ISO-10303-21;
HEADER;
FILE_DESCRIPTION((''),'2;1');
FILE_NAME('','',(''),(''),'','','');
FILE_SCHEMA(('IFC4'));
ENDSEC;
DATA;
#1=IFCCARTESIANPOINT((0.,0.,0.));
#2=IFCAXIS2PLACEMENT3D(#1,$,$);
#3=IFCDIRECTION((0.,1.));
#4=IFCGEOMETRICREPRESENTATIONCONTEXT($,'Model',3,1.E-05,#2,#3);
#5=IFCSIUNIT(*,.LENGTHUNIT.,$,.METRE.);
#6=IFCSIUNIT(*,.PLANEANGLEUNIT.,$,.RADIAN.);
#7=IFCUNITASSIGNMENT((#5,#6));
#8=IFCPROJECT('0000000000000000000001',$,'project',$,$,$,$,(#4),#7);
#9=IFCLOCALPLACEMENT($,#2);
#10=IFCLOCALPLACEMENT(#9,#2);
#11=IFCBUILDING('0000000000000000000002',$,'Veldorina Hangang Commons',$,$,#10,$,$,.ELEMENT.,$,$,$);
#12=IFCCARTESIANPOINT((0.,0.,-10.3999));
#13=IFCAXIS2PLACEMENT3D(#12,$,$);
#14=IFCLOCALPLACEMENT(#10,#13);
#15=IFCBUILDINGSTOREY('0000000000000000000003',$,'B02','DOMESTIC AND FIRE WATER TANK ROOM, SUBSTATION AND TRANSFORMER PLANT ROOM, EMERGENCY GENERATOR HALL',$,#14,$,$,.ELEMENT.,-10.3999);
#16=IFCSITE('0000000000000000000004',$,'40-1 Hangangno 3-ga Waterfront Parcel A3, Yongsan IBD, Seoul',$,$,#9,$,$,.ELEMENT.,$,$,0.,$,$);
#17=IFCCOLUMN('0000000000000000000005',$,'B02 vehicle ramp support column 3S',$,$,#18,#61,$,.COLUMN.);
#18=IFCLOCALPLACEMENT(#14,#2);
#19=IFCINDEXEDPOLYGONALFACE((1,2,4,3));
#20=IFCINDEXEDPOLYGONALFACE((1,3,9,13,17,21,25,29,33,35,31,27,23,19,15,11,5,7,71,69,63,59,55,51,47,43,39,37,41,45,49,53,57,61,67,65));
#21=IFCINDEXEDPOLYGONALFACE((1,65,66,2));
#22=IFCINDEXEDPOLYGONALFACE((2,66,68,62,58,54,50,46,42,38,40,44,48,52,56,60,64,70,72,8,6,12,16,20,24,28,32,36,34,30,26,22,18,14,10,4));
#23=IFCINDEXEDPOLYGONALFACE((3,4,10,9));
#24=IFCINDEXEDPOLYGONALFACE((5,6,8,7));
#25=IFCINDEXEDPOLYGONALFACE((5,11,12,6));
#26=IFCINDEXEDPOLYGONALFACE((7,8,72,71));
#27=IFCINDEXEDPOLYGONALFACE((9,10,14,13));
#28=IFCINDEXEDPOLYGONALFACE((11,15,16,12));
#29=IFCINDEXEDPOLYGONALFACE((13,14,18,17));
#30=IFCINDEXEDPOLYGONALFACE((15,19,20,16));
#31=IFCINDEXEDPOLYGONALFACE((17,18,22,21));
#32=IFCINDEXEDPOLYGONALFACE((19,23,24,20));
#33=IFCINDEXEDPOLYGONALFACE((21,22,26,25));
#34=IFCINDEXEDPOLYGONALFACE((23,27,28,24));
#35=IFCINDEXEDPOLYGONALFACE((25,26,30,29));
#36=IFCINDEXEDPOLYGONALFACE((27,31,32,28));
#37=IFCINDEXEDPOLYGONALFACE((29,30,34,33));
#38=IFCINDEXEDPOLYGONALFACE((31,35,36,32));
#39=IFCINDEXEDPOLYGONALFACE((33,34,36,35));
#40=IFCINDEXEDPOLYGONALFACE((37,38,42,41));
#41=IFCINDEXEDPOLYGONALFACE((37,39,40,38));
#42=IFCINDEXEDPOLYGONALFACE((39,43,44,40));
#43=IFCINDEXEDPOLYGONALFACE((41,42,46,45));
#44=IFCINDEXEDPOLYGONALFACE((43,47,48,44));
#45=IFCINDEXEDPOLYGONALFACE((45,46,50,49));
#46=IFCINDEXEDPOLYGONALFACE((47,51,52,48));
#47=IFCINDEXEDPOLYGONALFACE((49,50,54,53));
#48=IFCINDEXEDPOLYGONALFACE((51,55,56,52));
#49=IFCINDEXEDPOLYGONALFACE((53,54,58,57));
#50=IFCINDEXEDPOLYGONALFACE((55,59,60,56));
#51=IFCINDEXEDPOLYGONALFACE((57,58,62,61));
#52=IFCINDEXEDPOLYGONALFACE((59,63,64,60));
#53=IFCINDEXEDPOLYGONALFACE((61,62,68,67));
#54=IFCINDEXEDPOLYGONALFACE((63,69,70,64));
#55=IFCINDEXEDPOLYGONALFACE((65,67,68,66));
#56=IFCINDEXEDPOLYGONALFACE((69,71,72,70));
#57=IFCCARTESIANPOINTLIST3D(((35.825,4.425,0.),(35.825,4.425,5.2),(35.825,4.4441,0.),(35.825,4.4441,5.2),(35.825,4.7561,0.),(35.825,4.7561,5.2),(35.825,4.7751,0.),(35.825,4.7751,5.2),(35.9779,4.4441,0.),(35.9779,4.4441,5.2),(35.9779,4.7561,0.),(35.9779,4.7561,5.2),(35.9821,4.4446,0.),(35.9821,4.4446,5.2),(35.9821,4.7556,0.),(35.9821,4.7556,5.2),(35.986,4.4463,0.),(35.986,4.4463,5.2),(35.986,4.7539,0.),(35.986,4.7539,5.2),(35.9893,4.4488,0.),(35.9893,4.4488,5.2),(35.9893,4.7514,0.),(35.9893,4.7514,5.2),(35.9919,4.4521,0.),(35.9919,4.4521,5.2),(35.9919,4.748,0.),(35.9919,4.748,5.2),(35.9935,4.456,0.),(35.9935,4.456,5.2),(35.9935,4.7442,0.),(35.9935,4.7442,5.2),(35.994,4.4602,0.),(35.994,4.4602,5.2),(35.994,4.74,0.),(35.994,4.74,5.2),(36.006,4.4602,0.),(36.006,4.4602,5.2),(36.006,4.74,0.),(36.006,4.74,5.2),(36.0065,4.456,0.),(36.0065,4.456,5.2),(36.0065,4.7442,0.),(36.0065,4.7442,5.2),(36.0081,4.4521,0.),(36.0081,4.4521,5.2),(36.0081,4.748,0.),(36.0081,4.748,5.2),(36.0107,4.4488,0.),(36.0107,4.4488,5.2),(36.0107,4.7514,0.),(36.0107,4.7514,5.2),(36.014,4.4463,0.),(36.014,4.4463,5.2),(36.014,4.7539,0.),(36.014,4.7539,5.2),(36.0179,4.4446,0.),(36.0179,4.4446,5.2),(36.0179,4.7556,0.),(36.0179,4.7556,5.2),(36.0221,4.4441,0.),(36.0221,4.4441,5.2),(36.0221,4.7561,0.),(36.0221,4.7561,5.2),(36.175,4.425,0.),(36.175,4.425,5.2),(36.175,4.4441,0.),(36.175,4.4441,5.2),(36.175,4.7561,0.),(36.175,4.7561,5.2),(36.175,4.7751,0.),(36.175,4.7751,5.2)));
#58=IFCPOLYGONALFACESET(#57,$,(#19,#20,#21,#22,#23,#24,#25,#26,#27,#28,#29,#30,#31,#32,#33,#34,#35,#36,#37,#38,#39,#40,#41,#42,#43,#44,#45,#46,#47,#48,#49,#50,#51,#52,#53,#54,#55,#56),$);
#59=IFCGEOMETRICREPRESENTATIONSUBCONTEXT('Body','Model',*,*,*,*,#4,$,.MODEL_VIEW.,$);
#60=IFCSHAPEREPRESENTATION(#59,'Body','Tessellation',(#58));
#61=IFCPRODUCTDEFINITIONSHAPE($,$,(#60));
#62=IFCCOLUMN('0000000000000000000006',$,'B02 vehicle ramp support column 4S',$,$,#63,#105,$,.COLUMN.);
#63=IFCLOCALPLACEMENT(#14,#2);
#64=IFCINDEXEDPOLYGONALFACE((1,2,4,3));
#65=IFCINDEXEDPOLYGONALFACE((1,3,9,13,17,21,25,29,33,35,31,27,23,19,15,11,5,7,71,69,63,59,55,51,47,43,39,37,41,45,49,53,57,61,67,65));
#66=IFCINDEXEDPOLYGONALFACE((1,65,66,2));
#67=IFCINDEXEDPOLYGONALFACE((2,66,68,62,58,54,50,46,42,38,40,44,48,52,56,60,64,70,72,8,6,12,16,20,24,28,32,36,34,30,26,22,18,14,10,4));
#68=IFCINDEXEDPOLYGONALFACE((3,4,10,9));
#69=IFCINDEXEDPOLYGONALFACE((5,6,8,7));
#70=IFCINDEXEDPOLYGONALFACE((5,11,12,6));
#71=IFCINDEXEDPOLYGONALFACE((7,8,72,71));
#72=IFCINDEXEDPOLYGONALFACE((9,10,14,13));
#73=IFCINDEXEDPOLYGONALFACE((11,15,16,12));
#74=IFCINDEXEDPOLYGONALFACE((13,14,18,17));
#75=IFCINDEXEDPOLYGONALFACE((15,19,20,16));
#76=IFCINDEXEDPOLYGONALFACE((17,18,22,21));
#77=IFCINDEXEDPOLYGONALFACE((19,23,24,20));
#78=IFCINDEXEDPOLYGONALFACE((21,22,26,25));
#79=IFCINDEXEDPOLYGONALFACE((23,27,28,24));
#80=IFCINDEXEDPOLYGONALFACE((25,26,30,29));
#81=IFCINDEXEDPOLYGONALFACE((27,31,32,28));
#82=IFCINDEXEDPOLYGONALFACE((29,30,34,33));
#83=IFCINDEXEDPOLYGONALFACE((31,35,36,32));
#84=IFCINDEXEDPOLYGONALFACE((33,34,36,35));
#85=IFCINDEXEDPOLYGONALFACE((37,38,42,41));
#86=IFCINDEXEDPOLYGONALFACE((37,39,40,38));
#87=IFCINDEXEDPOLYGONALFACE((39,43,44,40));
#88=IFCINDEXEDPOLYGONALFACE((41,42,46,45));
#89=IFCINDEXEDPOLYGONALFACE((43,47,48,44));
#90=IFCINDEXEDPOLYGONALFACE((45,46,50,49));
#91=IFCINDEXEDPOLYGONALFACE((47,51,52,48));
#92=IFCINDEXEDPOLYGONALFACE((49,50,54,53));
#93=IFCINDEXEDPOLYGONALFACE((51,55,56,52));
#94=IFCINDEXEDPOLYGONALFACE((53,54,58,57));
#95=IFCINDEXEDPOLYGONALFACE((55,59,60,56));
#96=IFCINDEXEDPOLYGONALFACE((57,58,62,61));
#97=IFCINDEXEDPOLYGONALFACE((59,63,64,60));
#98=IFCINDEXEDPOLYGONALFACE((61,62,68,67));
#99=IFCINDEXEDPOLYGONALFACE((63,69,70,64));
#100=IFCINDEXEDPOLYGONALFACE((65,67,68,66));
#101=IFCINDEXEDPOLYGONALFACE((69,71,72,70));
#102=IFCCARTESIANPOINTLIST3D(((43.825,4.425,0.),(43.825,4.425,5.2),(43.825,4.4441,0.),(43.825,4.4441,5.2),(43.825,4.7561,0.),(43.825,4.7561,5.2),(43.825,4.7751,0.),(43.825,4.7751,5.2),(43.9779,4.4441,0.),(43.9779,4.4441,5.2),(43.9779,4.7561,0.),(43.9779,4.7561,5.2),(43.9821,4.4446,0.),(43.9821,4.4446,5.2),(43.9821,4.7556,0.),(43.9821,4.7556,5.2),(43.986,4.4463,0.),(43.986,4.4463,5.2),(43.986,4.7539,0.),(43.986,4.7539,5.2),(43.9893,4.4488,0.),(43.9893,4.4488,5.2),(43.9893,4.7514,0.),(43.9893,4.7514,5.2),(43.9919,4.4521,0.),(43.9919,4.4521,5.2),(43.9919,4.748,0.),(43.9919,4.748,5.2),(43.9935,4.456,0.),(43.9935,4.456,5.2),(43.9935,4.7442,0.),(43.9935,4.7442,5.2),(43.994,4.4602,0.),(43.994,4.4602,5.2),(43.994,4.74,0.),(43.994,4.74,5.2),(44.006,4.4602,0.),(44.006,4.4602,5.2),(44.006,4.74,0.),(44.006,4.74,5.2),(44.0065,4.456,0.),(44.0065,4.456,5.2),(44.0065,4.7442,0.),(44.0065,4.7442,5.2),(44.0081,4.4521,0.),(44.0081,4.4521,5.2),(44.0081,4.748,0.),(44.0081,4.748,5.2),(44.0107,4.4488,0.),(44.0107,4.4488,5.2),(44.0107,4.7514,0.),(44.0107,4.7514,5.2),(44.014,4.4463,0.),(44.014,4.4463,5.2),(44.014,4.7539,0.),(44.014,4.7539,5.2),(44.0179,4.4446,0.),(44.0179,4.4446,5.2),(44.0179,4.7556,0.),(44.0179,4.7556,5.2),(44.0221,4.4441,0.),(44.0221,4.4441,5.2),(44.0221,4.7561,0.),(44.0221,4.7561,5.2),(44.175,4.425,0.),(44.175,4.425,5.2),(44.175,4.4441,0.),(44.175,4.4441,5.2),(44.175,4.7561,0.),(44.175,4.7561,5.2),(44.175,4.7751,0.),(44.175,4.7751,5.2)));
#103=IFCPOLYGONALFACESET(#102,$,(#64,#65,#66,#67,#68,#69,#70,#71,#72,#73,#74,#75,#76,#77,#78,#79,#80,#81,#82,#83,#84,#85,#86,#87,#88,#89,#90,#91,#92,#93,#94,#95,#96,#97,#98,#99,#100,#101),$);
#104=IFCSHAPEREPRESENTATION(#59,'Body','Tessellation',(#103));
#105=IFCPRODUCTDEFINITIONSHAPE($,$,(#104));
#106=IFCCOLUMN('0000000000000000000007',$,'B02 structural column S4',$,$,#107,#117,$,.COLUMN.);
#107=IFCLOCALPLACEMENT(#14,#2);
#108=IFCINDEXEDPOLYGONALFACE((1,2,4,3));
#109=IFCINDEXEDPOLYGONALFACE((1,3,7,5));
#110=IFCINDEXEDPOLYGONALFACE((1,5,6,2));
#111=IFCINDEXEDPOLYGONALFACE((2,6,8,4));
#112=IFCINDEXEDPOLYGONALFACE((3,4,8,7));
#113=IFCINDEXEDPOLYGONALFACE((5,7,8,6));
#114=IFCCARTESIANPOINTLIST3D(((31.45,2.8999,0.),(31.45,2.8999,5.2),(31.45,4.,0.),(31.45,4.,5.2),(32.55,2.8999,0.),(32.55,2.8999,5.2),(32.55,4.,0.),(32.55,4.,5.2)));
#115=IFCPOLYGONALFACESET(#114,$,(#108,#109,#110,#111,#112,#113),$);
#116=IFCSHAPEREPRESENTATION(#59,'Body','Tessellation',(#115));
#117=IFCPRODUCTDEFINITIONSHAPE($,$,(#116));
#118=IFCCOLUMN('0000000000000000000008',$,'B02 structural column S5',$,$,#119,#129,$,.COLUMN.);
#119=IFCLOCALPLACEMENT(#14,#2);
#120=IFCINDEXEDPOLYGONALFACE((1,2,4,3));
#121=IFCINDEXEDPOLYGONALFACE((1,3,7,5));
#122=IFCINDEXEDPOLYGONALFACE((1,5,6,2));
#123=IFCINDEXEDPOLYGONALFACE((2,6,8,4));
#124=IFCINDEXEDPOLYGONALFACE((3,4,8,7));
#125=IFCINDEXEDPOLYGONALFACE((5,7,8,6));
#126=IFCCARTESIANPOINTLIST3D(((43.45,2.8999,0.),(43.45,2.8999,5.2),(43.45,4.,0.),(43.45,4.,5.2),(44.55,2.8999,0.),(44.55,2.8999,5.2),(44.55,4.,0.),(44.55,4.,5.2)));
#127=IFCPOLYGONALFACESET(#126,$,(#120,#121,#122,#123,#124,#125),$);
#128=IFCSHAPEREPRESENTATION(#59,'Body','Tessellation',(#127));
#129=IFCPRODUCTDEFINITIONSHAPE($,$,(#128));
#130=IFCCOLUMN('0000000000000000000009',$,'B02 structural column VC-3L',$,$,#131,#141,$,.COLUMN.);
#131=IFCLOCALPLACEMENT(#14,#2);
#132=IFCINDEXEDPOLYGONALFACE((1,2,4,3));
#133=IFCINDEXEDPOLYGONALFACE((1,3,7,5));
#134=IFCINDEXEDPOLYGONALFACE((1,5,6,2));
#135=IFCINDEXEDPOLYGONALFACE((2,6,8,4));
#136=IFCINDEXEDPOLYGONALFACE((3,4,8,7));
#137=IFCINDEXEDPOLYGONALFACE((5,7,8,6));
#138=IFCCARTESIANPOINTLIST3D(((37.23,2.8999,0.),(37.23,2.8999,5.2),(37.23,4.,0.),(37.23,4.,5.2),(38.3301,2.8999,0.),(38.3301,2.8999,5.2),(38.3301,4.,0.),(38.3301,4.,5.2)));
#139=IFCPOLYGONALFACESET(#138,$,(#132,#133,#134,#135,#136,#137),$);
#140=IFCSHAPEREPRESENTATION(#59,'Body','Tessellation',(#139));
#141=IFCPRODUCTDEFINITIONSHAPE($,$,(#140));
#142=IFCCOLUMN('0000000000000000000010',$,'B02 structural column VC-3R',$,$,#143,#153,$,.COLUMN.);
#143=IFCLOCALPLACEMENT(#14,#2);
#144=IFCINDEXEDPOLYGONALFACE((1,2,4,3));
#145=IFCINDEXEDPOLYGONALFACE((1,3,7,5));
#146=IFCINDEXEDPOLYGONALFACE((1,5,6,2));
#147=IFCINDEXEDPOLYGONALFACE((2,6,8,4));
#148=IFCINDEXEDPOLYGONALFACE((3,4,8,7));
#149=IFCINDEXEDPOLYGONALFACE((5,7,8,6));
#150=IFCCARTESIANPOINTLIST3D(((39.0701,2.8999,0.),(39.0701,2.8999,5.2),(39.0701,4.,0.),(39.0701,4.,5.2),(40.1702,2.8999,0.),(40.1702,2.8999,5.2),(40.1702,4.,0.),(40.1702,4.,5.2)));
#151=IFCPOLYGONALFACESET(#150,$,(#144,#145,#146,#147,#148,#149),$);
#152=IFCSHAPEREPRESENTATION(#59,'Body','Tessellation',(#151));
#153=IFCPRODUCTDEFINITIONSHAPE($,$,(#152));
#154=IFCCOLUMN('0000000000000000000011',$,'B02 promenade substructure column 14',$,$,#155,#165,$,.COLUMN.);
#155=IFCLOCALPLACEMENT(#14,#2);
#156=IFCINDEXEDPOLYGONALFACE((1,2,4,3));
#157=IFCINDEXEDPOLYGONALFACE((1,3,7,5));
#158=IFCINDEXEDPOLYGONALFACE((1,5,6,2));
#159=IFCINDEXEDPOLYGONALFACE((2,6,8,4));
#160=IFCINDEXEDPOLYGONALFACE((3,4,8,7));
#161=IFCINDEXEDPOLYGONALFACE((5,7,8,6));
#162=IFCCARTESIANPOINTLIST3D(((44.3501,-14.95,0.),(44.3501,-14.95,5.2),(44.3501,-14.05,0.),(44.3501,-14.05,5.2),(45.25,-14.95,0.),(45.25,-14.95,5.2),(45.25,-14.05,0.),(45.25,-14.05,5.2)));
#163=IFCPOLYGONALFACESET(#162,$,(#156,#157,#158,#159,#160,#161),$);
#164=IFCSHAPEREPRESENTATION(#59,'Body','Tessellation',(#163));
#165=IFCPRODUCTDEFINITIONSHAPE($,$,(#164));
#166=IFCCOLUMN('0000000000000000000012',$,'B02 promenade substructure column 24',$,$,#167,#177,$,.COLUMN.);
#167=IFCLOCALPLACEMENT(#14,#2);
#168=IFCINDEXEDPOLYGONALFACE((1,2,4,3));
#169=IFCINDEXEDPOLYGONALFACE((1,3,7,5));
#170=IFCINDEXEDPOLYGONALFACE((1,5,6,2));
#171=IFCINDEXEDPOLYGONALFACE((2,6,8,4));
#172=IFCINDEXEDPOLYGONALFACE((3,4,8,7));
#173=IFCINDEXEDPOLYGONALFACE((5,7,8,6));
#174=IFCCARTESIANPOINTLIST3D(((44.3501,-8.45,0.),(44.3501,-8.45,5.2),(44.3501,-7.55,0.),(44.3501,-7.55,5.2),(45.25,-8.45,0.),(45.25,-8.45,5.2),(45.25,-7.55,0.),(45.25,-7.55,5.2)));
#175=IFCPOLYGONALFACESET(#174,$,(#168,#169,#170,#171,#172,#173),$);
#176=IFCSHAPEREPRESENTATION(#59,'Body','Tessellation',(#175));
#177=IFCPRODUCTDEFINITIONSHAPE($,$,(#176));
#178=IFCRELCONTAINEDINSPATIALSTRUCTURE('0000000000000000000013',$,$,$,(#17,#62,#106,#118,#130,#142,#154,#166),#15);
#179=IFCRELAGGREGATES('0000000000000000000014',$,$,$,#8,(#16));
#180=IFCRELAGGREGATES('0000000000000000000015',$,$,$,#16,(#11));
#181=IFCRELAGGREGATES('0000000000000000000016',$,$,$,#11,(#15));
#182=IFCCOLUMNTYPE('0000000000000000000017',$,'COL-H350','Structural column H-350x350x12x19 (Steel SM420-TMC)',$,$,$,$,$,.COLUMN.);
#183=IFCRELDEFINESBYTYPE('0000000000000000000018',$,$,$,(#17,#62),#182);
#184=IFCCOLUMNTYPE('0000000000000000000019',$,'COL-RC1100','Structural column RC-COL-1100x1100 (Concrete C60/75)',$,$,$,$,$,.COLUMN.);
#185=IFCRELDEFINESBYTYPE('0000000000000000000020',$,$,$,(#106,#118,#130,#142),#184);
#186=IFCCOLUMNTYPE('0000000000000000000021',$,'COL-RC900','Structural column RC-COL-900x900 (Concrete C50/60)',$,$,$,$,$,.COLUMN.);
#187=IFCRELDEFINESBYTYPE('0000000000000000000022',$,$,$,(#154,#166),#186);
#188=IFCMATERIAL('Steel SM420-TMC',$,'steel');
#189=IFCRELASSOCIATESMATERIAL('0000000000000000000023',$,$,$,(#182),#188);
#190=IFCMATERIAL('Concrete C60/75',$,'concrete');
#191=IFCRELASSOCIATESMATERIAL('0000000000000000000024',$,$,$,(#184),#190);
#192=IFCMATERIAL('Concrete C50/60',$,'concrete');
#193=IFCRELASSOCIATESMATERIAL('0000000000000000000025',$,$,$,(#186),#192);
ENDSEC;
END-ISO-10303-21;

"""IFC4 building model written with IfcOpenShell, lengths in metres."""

from ifc_helpers import new_model, si_unit, direction, frame, origin, origin_2d, place, context, subcontext, project, spatial, rectangle, i_section, extrude, material, material_profile, profile_set, type_object, element, save


model = new_model("IFC4")

# Units and contexts
model_context = context("Model", 3, precision=1e-05, world=origin(), true_north=direction((0.0, 1.0)))
body_context = subcontext(model_context, "Body", "Model", "MODEL_VIEW")
ifc_project = project(units=[si_unit("LENGTHUNIT", "METRE"), si_unit("PLANEANGLEUNIT", "RADIAN")], contexts=[model_context])

# Site, building, storey
site_placement = place(None, origin())
site = spatial("IfcSite", under=ifc_project, at=site_placement, Name="40-1 Hangangno 3-ga Waterfront Parcel A3, Yongsan IBD, Seoul", CompositionType="ELEMENT", RefElevation=0.0)
building_placement = place(site_placement, origin())
building = spatial("IfcBuilding", under=site, at=building_placement, Name="Veldorina Hangang Commons", CompositionType="ELEMENT")
storey_placement = place(building_placement, frame((0.0, 0.0, -10.3999)))
storey = spatial("IfcBuildingStorey", under=building, at=storey_placement, Name="B02", Description="DOMESTIC AND FIRE WATER TANK ROOM, SUBSTATION AND TRANSFORMER PLANT ROOM, EMERGENCY GENERATOR HALL", CompositionType="ELEMENT", Elevation=-10.3999)

# Columns
ifc_material_1 = material(Name="Steel SM420-TMC", Category="steel")
ifc_material_profile_1 = material_profile(ifc_material_1, i_section(OverallWidth=0.3501, OverallDepth=0.3501, WebThickness=0.012, FlangeThickness=0.019, FilletRadius=0.0161, at=origin_2d()), Name="H-350x350x12x19")
ifc_profile_set_1 = profile_set([ifc_material_profile_1], Name="Steel SM420-TMC")
column_type_1 = type_object("IfcColumnType", Name="COL-H350", Description="Structural column H-350x350x12x19 (Steel SM420-TMC)", PredefinedType="COLUMN", material=ifc_profile_set_1)
for number, where, z_axis, x_axis, name in (
    (1, (36.0, 4.6001, 0.0), (0.0, 0.0, 1.0), (1.0, 0.0, 0.0), "B02 vehicle ramp support column 3S"),
    (2, (44.0, 4.6001, 0.0), (0.0, 0.0, 1.0), (1.0, 0.0, 0.0), "B02 vehicle ramp support column 4S"),
):
    element("IfcColumn", number, at=place(storey_placement, frame(where, z_axis=z_axis, x_axis=x_axis)), inside=storey, type_object=column_type_1, Name=name, PredefinedType="COLUMN", context=body_context, shape_type="SweptSolid", body=[
        extrude(i_section(OverallWidth=0.3501, OverallDepth=0.3501, WebThickness=0.012, FlangeThickness=0.019, FilletRadius=0.0161, at=origin_2d()), origin(), (0.0, 0.0, 1.0), 5.2),
    ])
ifc_material_2 = material(Name="Concrete C60/75", Category="concrete")
ifc_material_profile_2 = material_profile(ifc_material_2, rectangle(XDim=1.1001, YDim=1.1001, at=origin_2d()), Name="RC-COL-1100x1100")
ifc_profile_set_2 = profile_set([ifc_material_profile_2], Name="Concrete C60/75")
column_type_2 = type_object("IfcColumnType", Name="COL-RC1100", Description="Structural column RC-COL-1100x1100 (Concrete C60/75)", PredefinedType="COLUMN", material=ifc_profile_set_2)
for number, where, z_axis, x_axis, name in (
    (3, (32.0, 3.45, 0.0), (0.0, 0.0, 1.0), (1.0, 0.0, 0.0), "B02 structural column S4"),
    (4, (44.0, 3.45, 0.0), (0.0, 0.0, 1.0), (1.0, 0.0, 0.0), "B02 structural column S5"),
    (5, (37.78, 3.45, 0.0), (0.0, 0.0, 1.0), (1.0, 0.0, 0.0), "B02 structural column VC-3L"),
    (6, (39.6201, 3.45, 0.0), (0.0, 0.0, 1.0), (1.0, 0.0, 0.0), "B02 structural column VC-3R"),
):
    element("IfcColumn", number, at=place(storey_placement, frame(where, z_axis=z_axis, x_axis=x_axis)), inside=storey, type_object=column_type_2, Name=name, PredefinedType="COLUMN", context=body_context, shape_type="SweptSolid", body=[
        extrude(rectangle(XDim=1.1001, YDim=1.1001, at=origin_2d()), origin(), (0.0, 0.0, 1.0), 5.2),
    ])
ifc_material_3 = material(Name="Concrete C50/60", Category="concrete")
ifc_material_profile_3 = material_profile(ifc_material_3, rectangle(XDim=0.8999, YDim=0.8999, at=origin_2d()), Name="RC-COL-900x900")
ifc_profile_set_3 = profile_set([ifc_material_profile_3], Name="Concrete C50/60")
column_type_3 = type_object("IfcColumnType", Name="COL-RC900", Description="Structural column RC-COL-900x900 (Concrete C50/60)", PredefinedType="COLUMN", material=ifc_profile_set_3)
for number, where, z_axis, x_axis, name in (
    (7, (44.8, -14.5, 0.0), (0.0, 0.0, 1.0), (1.0, 0.0, 0.0), "B02 promenade substructure column 14"),
    (8, (44.8, -8.0, 0.0), (0.0, 0.0, 1.0), (1.0, 0.0, 0.0), "B02 promenade substructure column 24"),
):
    element("IfcColumn", number, at=place(storey_placement, frame(where, z_axis=z_axis, x_axis=x_axis)), inside=storey, type_object=column_type_3, Name=name, PredefinedType="COLUMN", context=body_context, shape_type="SweptSolid", body=[
        extrude(rectangle(XDim=0.8999, YDim=0.8999, at=origin_2d()), origin(), (0.0, 0.0, 1.0), 5.2),
    ])

save(model, "model.ifc")
